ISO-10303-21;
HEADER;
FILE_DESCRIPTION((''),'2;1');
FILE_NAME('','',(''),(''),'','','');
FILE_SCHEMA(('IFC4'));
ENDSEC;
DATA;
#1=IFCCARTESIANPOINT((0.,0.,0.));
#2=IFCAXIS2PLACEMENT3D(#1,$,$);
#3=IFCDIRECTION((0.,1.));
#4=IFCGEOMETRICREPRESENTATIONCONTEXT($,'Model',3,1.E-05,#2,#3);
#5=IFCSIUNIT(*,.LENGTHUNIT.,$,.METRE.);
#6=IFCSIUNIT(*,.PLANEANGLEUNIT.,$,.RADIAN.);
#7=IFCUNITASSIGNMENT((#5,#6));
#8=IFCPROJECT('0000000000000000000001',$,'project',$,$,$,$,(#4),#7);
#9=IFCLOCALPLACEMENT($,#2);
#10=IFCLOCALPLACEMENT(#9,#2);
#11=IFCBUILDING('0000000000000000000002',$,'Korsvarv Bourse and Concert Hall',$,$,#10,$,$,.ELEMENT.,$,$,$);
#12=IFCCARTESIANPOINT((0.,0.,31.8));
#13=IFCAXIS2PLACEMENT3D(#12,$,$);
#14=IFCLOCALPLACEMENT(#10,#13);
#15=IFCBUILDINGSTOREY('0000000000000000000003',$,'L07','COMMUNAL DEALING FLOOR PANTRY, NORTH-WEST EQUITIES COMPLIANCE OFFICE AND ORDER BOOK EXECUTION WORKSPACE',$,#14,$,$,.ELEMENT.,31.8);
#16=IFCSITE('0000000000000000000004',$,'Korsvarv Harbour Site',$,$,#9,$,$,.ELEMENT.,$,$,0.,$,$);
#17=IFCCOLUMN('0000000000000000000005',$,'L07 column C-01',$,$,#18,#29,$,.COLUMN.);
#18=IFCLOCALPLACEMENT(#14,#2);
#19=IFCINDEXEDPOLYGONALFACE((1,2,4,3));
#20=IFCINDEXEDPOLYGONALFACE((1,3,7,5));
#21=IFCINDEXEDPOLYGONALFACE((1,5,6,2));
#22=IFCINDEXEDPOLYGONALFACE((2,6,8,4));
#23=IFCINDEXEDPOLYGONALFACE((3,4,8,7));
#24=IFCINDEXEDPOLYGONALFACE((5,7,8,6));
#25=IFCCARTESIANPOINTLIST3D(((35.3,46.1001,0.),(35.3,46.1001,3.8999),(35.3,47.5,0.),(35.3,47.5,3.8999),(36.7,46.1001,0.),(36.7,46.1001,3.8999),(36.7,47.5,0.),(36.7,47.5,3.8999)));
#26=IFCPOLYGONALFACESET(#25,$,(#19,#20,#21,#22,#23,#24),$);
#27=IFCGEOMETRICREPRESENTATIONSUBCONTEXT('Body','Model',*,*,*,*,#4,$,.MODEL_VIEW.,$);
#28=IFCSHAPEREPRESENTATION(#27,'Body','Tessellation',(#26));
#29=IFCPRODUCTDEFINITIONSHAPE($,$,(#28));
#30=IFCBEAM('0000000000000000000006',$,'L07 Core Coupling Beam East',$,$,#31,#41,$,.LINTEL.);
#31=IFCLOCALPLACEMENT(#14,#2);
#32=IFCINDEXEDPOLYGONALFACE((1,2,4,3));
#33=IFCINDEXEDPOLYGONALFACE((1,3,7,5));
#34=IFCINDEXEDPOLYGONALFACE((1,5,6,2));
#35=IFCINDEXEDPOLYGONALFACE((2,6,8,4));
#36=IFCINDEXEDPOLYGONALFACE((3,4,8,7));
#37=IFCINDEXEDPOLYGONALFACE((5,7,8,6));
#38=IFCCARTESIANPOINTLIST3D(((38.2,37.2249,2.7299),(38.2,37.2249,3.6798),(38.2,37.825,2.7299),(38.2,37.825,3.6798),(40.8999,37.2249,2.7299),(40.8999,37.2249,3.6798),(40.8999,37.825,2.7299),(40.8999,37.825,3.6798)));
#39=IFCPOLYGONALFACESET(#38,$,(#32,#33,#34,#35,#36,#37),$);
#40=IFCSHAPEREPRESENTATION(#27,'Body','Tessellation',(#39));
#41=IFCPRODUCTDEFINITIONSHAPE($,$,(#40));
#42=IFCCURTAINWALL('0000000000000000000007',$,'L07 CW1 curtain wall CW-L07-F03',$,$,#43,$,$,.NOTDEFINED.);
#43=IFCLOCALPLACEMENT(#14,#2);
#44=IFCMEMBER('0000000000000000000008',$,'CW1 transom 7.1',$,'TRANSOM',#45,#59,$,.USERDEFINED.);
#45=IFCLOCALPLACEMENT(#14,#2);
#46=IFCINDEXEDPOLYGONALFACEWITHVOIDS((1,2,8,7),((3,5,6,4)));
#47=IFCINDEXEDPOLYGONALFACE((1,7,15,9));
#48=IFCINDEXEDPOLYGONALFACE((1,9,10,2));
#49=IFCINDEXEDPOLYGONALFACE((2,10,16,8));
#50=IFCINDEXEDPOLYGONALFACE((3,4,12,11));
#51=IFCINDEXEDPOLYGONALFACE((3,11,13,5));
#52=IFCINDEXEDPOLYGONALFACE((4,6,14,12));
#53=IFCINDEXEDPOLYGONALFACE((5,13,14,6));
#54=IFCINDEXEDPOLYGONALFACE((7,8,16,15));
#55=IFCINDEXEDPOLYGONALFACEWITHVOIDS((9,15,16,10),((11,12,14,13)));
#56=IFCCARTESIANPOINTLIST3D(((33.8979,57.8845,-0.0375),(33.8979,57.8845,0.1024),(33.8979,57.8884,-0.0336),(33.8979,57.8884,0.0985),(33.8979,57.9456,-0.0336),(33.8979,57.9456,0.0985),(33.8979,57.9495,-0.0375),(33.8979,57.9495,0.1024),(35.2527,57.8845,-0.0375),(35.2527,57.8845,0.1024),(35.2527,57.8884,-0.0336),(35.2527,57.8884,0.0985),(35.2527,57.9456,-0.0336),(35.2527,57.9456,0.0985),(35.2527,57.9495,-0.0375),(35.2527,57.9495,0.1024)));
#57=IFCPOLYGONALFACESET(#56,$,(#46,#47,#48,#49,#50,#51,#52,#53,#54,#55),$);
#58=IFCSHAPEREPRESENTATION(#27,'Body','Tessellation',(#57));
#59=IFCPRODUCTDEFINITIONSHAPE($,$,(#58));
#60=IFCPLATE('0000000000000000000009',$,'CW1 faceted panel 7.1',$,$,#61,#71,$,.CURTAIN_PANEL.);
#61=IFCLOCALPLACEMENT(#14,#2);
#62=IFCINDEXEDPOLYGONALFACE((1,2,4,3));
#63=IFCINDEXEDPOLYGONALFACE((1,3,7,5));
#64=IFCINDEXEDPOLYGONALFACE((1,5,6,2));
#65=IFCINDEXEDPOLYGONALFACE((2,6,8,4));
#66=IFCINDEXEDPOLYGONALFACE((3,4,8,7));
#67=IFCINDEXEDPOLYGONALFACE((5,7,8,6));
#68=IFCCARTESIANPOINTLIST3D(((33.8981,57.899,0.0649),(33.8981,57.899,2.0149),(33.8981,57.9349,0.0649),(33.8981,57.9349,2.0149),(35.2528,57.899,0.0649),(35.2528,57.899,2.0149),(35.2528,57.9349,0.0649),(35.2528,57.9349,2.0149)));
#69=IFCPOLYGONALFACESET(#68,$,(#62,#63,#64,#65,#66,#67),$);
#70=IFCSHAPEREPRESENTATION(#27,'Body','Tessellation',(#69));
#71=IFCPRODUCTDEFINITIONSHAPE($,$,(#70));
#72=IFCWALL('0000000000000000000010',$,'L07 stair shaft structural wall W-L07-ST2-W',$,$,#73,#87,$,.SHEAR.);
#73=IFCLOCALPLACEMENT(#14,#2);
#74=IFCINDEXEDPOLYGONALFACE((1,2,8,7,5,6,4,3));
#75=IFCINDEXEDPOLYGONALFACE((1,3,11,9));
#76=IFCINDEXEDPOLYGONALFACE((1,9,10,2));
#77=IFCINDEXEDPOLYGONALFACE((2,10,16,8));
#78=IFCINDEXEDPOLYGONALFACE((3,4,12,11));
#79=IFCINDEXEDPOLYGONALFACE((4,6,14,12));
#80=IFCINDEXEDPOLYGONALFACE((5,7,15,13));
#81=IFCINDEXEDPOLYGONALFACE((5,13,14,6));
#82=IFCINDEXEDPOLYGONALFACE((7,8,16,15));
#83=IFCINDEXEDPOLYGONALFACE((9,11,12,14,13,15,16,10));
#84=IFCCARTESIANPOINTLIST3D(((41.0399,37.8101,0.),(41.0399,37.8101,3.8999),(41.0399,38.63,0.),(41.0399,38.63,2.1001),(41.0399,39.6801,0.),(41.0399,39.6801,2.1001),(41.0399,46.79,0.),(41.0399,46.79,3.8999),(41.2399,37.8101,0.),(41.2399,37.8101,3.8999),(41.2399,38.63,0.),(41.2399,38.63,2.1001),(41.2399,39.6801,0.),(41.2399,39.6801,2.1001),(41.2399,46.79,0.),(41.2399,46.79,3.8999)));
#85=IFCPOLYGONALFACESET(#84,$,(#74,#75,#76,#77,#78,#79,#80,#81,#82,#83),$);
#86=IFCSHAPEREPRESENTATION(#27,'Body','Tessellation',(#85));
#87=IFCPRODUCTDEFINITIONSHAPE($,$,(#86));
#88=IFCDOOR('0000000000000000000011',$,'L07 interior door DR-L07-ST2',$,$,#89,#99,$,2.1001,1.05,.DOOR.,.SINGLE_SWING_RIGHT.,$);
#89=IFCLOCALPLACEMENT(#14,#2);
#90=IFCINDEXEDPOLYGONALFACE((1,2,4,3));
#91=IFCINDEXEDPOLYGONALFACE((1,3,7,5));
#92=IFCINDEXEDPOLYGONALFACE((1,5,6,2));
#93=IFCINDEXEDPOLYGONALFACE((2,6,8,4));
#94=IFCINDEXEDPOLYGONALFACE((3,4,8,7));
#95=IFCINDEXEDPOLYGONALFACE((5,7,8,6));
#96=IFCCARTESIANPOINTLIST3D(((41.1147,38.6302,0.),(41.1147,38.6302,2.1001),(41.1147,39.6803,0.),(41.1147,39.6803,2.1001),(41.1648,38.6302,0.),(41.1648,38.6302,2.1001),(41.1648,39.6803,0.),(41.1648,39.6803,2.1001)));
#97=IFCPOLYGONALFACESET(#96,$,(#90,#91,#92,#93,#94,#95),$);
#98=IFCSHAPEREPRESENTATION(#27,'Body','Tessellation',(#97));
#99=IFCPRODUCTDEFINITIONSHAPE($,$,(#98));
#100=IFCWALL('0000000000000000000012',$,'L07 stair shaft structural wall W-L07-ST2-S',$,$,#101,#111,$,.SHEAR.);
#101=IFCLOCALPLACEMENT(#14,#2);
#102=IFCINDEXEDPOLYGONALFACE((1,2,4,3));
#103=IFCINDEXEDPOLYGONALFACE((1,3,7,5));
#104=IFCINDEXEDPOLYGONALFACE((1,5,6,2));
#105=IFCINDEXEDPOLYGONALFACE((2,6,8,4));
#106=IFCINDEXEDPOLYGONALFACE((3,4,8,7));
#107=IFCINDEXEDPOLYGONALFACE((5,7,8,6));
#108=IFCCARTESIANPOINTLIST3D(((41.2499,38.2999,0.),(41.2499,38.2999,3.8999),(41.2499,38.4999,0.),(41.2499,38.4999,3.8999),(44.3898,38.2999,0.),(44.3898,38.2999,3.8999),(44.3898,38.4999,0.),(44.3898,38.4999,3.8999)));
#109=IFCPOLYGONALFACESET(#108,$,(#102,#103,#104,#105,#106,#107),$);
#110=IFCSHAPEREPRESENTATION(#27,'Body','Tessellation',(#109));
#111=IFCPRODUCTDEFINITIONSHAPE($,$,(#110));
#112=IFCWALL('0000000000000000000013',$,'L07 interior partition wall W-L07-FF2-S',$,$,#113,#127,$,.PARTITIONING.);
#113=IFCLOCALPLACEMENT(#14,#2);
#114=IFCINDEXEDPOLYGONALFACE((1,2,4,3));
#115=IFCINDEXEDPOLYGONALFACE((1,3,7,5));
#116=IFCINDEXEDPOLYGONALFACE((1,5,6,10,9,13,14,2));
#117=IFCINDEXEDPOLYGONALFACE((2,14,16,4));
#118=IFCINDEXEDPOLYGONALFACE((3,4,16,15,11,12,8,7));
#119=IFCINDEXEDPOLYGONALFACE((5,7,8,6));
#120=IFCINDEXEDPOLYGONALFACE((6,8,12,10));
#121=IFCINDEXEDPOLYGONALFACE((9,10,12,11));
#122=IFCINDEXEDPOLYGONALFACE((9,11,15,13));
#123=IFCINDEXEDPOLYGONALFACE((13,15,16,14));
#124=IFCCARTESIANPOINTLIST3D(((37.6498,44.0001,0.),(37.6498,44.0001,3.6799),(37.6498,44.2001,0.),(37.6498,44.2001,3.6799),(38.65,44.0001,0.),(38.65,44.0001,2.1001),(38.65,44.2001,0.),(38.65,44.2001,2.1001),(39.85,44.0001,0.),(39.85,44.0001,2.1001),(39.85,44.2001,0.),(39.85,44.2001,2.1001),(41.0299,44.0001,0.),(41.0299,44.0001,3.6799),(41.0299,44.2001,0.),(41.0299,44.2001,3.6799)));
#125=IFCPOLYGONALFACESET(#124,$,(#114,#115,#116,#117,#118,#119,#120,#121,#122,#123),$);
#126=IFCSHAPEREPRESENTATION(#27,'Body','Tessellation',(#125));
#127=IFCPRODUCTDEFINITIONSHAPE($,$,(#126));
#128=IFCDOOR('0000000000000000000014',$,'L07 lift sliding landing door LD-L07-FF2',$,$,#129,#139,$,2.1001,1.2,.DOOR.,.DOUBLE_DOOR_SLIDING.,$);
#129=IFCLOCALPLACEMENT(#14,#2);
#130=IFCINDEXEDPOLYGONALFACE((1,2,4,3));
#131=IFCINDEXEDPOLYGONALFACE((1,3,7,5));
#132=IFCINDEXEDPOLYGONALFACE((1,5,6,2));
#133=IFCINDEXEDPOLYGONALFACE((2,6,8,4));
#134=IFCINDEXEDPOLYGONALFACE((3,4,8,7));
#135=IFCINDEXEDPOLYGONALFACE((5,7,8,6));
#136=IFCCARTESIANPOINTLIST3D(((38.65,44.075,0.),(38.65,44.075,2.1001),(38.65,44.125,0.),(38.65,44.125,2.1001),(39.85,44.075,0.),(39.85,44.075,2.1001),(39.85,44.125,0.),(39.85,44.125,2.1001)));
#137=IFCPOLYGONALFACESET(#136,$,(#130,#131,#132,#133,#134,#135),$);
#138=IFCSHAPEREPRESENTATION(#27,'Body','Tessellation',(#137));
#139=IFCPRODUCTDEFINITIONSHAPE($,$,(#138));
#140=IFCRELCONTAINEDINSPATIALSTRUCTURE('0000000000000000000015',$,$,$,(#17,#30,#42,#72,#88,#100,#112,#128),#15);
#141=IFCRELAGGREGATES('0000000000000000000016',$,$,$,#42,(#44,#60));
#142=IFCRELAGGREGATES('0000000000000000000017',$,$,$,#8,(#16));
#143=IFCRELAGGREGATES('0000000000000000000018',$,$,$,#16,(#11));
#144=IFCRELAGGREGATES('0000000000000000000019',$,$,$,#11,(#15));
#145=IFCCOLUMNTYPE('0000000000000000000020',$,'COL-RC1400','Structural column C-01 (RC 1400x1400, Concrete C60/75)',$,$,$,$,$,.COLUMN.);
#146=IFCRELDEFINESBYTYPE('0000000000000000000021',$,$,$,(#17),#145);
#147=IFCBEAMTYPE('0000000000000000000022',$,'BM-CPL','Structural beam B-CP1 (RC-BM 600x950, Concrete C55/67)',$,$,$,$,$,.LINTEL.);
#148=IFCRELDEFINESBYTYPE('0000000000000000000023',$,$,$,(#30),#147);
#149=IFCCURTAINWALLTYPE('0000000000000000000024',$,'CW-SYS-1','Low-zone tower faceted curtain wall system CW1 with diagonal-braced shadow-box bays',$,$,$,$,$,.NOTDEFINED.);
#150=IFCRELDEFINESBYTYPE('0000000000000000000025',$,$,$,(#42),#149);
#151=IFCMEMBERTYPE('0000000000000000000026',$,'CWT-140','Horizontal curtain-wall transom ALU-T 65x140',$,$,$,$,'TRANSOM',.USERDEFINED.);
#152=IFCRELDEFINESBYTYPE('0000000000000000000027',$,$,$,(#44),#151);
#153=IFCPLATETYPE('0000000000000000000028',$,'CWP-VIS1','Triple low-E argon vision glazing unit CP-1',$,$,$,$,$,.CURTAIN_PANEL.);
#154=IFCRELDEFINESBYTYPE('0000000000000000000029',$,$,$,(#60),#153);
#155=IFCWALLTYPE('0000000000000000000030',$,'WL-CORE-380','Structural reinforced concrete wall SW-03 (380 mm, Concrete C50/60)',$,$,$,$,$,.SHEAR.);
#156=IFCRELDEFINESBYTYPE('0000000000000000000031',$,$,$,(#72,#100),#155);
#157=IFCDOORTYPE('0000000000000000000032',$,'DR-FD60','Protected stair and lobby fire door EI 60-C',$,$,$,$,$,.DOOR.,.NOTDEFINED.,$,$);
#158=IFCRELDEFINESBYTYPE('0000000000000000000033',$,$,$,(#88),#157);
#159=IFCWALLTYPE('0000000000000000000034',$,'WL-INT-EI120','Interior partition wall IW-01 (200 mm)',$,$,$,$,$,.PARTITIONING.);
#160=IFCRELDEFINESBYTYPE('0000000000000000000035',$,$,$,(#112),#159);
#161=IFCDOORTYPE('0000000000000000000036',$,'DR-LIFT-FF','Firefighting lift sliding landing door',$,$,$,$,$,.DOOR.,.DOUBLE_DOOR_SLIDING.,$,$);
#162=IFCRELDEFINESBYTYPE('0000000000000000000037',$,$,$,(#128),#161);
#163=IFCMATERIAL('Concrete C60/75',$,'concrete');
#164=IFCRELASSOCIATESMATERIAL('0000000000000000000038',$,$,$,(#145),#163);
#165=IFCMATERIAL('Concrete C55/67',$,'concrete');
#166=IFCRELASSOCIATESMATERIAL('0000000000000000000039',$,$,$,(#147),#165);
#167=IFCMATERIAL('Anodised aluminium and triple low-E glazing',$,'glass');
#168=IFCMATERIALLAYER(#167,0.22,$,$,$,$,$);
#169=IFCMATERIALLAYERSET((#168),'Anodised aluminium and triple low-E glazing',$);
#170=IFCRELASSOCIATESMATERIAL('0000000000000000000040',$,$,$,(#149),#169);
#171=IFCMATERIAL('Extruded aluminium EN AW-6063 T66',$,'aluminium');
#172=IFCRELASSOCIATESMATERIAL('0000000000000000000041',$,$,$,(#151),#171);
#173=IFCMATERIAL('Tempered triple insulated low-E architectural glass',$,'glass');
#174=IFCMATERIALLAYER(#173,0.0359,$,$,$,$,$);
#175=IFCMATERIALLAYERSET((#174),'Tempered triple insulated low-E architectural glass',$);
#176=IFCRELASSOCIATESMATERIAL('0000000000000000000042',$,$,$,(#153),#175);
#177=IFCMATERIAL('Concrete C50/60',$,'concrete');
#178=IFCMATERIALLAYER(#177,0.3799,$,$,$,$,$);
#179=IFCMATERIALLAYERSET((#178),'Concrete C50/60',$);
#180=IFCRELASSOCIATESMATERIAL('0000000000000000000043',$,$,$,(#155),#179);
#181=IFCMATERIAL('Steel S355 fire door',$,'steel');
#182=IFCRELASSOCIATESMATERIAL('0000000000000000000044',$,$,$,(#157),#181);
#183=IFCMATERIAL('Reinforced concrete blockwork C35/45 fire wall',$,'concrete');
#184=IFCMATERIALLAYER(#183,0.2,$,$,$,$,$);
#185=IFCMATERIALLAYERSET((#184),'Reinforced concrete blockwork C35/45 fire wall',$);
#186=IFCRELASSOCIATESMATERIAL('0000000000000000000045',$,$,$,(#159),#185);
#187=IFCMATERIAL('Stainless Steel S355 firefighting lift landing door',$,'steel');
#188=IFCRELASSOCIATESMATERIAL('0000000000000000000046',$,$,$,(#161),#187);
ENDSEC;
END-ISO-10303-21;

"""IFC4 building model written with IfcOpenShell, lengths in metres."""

from ifc_helpers import new_model, si_unit, direction, frame, frame_2d, origin, origin_2d, place, context, subcontext, project, spatial, rectangle, hollow_rectangle, extrude, source, transform, mapped, material, layer, layer_set, material_profile, profile_set, type_object, element, fill, aggregate, save


model = new_model("IFC4")

# Units and contexts
model_context = context("Model", 3, precision=1e-05, world=origin(), true_north=direction((0.0, 1.0)))
body_context = subcontext(model_context, "Body", "Model", "MODEL_VIEW")
ifc_project = project(units=[si_unit("LENGTHUNIT", "METRE"), si_unit("PLANEANGLEUNIT", "RADIAN")], contexts=[model_context])

# Site, building, storey
site_placement = place(None, origin())
site = spatial("IfcSite", under=ifc_project, at=site_placement, Name="Korsvarv Harbour Site", CompositionType="ELEMENT", RefElevation=0.0)
building_placement = place(site_placement, origin())
building = spatial("IfcBuilding", under=site, at=building_placement, Name="Korsvarv Bourse and Concert Hall", CompositionType="ELEMENT")
storey_placement = place(building_placement, frame((0.0, 0.0, 31.8)))
storey = spatial("IfcBuildingStorey", under=building, at=storey_placement, Name="L07", Description="COMMUNAL DEALING FLOOR PANTRY, NORTH-WEST EQUITIES COMPLIANCE OFFICE AND ORDER BOOK EXECUTION WORKSPACE", CompositionType="ELEMENT", Elevation=31.8)

# Column
ifc_material_1 = material(Name="Concrete C60/75", Category="concrete")
ifc_material_profile_1 = material_profile(ifc_material_1, rectangle(XDim=1.3999, YDim=1.3999, at=origin_2d()), Name="RC 1400x1400")
ifc_profile_set_1 = profile_set([ifc_material_profile_1], Name="Concrete C60/75")
column_type = type_object("IfcColumnType", Name="COL-RC1400", Description="Structural column C-01 (RC 1400x1400, Concrete C60/75)", PredefinedType="COLUMN", material=ifc_profile_set_1)
shared_shape_1 = source(origin(), body_context, "Body", "SweptSolid", [
    extrude(rectangle(XDim=1.3999, YDim=1.3999, at=origin_2d()), origin(), (0.0, 0.0, 1.0), 3.8999),
])
column_placement = place(storey_placement, frame((36.0, 46.8, 0.0), z_axis=(0.0, 0.0, 1.0), x_axis=(1.0, 0.0, 0.0)))
element("IfcColumn", 1, at=column_placement, inside=storey, type_object=column_type, Name="L07 column C-01", PredefinedType="COLUMN", context=body_context, shape_type="MappedRepresentation", body=[
    mapped(shared_shape_1, transform((0.0, 0.0, 0.0), scale=1.0)),
])

# Beam
ifc_material_2 = material(Name="Concrete C55/67", Category="concrete")
ifc_material_profile_2 = material_profile(ifc_material_2, rectangle(XDim=0.6001, YDim=0.95, at=origin_2d()), Name="RC-BM 600x950")
ifc_profile_set_2 = profile_set([ifc_material_profile_2], Name="Concrete C55/67")
beam_type = type_object("IfcBeamType", Name="BM-CPL", Description="Structural beam B-CP1 (RC-BM 600x950, Concrete C55/67)", PredefinedType="LINTEL", material=ifc_profile_set_2)
shared_shape_2 = source(origin(), body_context, "Body", "SweptSolid", [
    extrude(rectangle(XDim=0.6001, YDim=0.95, at=origin_2d()), origin(), (0.0, 0.0, 1.0), 2.7),
])
beam_placement = place(storey_placement, frame((38.2, 37.5249, 3.2048), z_axis=(1.0, 0.0, 0.0), x_axis=(0.0, 1.0, 0.0)))
element("IfcBeam", 2, at=beam_placement, inside=storey, type_object=beam_type, Name="L07 Core Coupling Beam East", PredefinedType="LINTEL", context=body_context, shape_type="MappedRepresentation", body=[
    mapped(shared_shape_2, transform((0.0, 0.0, 0.0), scale=1.0)),
])

# Curtain wall, member, plate
ifc_material_3 = material(Name="Anodised aluminium and triple low-E glazing", Category="glass")
ifc_layer_1 = layer(ifc_material_3, 0.22)
ifc_layer_set_1 = layer_set([ifc_layer_1], Name="Anodised aluminium and triple low-E glazing")
curtain_wall_type = type_object("IfcCurtainWallType", Name="CW-SYS-1", Description="Low-zone tower faceted curtain wall system CW1 with diagonal-braced shadow-box bays", PredefinedType="NOTDEFINED", material=ifc_layer_set_1)
curtain_wall_placement = place(storey_placement, origin())
curtain_wall = element("IfcCurtainWall", 3, at=curtain_wall_placement, inside=storey, type_object=curtain_wall_type, Name="L07 CW1 curtain wall CW-L07-F03", PredefinedType="NOTDEFINED")
ifc_material_4 = material(Name="Extruded aluminium EN AW-6063 T66", Category="aluminium")
ifc_material_profile_3 = material_profile(ifc_material_4, hollow_rectangle(XDim=0.0649, YDim=0.1399, WallThickness=0.0039, at=origin_2d()), Name="ALU-T 65x140")
ifc_profile_set_3 = profile_set([ifc_material_profile_3], Name="Extruded aluminium EN AW-6063 T66")
member_type = type_object("IfcMemberType", Name="CWT-140", Description="Horizontal curtain-wall transom ALU-T 65x140", ElementType="TRANSOM", PredefinedType="USERDEFINED", material=ifc_profile_set_3)
shared_shape_3 = source(origin(), body_context, "Body", "SweptSolid", [
    extrude(hollow_rectangle(XDim=0.0649, YDim=0.1399, WallThickness=0.0039, at=origin_2d()), origin(), (0.0, 0.0, 1.0), 1.3547),
])
member_placement = place(storey_placement, frame((35.2527, 57.917, 0.0325), z_axis=(-1.0, 0.0, 0.0), x_axis=(0.0, -1.0, 0.0)))
member = element("IfcMember", 4, at=member_placement, type_object=member_type, Name="CW1 transom 7.1", ObjectType="TRANSOM", PredefinedType="USERDEFINED", context=body_context, shape_type="MappedRepresentation", body=[
    mapped(shared_shape_3, transform((0.0, 0.0, 0.0), scale=1.0)),
])
ifc_material_5 = material(Name="Tempered triple insulated low-E architectural glass", Category="glass")
ifc_layer_2 = layer(ifc_material_5, 0.0359)
ifc_layer_set_2 = layer_set([ifc_layer_2], Name="Tempered triple insulated low-E architectural glass")
plate_type = type_object("IfcPlateType", Name="CWP-VIS1", Description="Triple low-E argon vision glazing unit CP-1", PredefinedType="CURTAIN_PANEL", material=ifc_layer_set_2)
shared_shape_4 = source(origin(), body_context, "Body", "SweptSolid", [
    extrude(rectangle(XDim=1.3547, YDim=0.0359, at=origin_2d()), origin(), (0.0, 0.0, 1.0), 1.95),
])
plate_placement = place(storey_placement, frame((34.5754, 57.917, 0.0649), z_axis=(0.0, 0.0, 1.0), x_axis=(-1.0, 0.0, 0.0)))
plate = element("IfcPlate", 5, at=plate_placement, type_object=plate_type, Name="CW1 faceted panel 7.1", PredefinedType="CURTAIN_PANEL", context=body_context, shape_type="MappedRepresentation", body=[
    mapped(shared_shape_4, transform((0.0, 0.0, 0.0), scale=1.0)),
])
aggregate(curtain_wall, [member, plate])

# Wall, opening, door
ifc_material_6 = material(Name="Concrete C50/60", Category="concrete")
ifc_layer_3 = layer(ifc_material_6, 0.3799)
ifc_layer_set_3 = layer_set([ifc_layer_3], Name="Concrete C50/60")
wall_type_1 = type_object("IfcWallType", Name="WL-CORE-380", Description="Structural reinforced concrete wall SW-03 (380 mm, Concrete C50/60)", PredefinedType="SHEAR", material=ifc_layer_set_3)
wall_1_placement = place(storey_placement, frame((41.1399, 37.8101, 0.0), z_axis=(0.0, 0.0, 1.0), x_axis=(0.0, 1.0, 0.0)))
wall_1 = element("IfcWall", 6, at=wall_1_placement, inside=storey, type_object=wall_type_1, Name="L07 stair shaft structural wall W-L07-ST2-W", PredefinedType="SHEAR", context=body_context, shape_type="SweptSolid", body=[
    extrude(rectangle(XDim=8.98, YDim=0.2, at=frame_2d((4.49, 0.0))), origin(), (0.0, 0.0, 1.0), 3.8999),
])
opening_1_placement = place(wall_1_placement, frame((0.8201, 0.0, 0.0)))
opening_1 = element("IfcOpeningElement", 7, at=opening_1_placement, cuts=wall_1, PredefinedType="OPENING", context=body_context, shape_type="SweptSolid", body=[
    extrude(rectangle(XDim=1.05, YDim=2.1001, at=frame_2d((0.5249, 1.05))), frame((0.0, 0.1099, 0.0), z_axis=(0.0, -1.0, 0.0), x_axis=(1.0, 0.0, 0.0)), (0.0, 0.0, 1.0), 0.22),
])
ifc_material_7 = material(Name="Steel S355 fire door", Category="steel")
door_type_1 = type_object("IfcDoorType", Name="DR-FD60", Description="Protected stair and lobby fire door EI 60-C", OperationType="NOTDEFINED", PredefinedType="DOOR", material=ifc_material_7)
door_1_placement = place(opening_1_placement, frame((1.05, 0.0, 0.0), z_axis=(0.0, 0.0, 1.0), x_axis=(-1.0, 0.0, 0.0)))
door_1 = element("IfcDoor", 8, at=door_1_placement, inside=storey, type_object=door_type_1, Name="L07 interior door DR-L07-ST2", OperationType="SINGLE_SWING_RIGHT", OverallHeight=2.1001, OverallWidth=1.05, PredefinedType="DOOR", context=body_context, shape_type="SweptSolid", body=[
    extrude(rectangle(XDim=1.05, YDim=2.1001, at=frame_2d((0.5249, 1.05))), frame((0.0, 0.0249, 0.0), z_axis=(0.0, -1.0, 0.0), x_axis=(1.0, 0.0, 0.0)), (0.0, 0.0, 1.0), 0.05),
])
fill(opening_1, door_1)

# Wall
wall_2_placement = place(storey_placement, frame((41.25, 38.3999, 0.0), z_axis=(0.0, 0.0, 1.0), x_axis=(1.0, 0.0, 0.0)))
element("IfcWall", 9, at=wall_2_placement, inside=storey, type_object=wall_type_1, Name="L07 stair shaft structural wall W-L07-ST2-S", PredefinedType="SHEAR", context=body_context, shape_type="SweptSolid", body=[
    extrude(rectangle(XDim=3.1399, YDim=0.2, at=frame_2d((1.5698, 0.0))), origin(), (0.0, 0.0, 1.0), 3.8999),
])

# Wall, opening, door
ifc_material_8 = material(Name="Reinforced concrete blockwork C35/45 fire wall", Category="concrete")
ifc_layer_4 = layer(ifc_material_8, 0.2)
ifc_layer_set_4 = layer_set([ifc_layer_4], Name="Reinforced concrete blockwork C35/45 fire wall")
wall_type_2 = type_object("IfcWallType", Name="WL-INT-EI120", Description="Interior partition wall IW-01 (200 mm)", PredefinedType="PARTITIONING", material=ifc_layer_set_4)
wall_3_placement = place(storey_placement, frame((37.6499, 44.1001, 0.0), z_axis=(0.0, 0.0, 1.0), x_axis=(1.0, 0.0, 0.0)))
wall_3 = element("IfcWall", 10, at=wall_3_placement, inside=storey, type_object=wall_type_2, Name="L07 interior partition wall W-L07-FF2-S", PredefinedType="PARTITIONING", context=body_context, shape_type="SweptSolid", body=[
    extrude(rectangle(XDim=3.3801, YDim=0.2, at=frame_2d((1.6899, 0.0))), origin(), (0.0, 0.0, 1.0), 3.6799),
])
opening_2_placement = place(wall_3_placement, frame((1.0, 0.0, 0.0)))
opening_2 = element("IfcOpeningElement", 11, at=opening_2_placement, cuts=wall_3, PredefinedType="OPENING", context=body_context, shape_type="SweptSolid", body=[
    extrude(rectangle(XDim=1.2, YDim=2.1001, at=frame_2d((0.6001, 1.05))), frame((0.0, 0.1099, 0.0), z_axis=(0.0, -1.0, 0.0), x_axis=(1.0, 0.0, 0.0)), (0.0, 0.0, 1.0), 0.22),
])
ifc_material_9 = material(Name="Stainless Steel S355 firefighting lift landing door", Category="steel")
door_type_2 = type_object("IfcDoorType", Name="DR-LIFT-FF", Description="Firefighting lift sliding landing door", OperationType="DOUBLE_DOOR_SLIDING", PredefinedType="DOOR", material=ifc_material_9)
door_2_placement = place(opening_2_placement, origin())
door_2 = element("IfcDoor", 12, at=door_2_placement, inside=storey, type_object=door_type_2, Name="L07 lift sliding landing door LD-L07-FF2", OperationType="DOUBLE_DOOR_SLIDING", OverallHeight=2.1001, OverallWidth=1.2, PredefinedType="DOOR", context=body_context, shape_type="SweptSolid", body=[
    extrude(rectangle(XDim=1.2, YDim=2.1001, at=frame_2d((0.6001, 1.05))), frame((0.0, 0.0249, 0.0), z_axis=(0.0, -1.0, 0.0), x_axis=(1.0, 0.0, 0.0)), (0.0, 0.0, 1.0), 0.05),
])
fill(opening_2, door_2)

save(model, "model.ifc")
